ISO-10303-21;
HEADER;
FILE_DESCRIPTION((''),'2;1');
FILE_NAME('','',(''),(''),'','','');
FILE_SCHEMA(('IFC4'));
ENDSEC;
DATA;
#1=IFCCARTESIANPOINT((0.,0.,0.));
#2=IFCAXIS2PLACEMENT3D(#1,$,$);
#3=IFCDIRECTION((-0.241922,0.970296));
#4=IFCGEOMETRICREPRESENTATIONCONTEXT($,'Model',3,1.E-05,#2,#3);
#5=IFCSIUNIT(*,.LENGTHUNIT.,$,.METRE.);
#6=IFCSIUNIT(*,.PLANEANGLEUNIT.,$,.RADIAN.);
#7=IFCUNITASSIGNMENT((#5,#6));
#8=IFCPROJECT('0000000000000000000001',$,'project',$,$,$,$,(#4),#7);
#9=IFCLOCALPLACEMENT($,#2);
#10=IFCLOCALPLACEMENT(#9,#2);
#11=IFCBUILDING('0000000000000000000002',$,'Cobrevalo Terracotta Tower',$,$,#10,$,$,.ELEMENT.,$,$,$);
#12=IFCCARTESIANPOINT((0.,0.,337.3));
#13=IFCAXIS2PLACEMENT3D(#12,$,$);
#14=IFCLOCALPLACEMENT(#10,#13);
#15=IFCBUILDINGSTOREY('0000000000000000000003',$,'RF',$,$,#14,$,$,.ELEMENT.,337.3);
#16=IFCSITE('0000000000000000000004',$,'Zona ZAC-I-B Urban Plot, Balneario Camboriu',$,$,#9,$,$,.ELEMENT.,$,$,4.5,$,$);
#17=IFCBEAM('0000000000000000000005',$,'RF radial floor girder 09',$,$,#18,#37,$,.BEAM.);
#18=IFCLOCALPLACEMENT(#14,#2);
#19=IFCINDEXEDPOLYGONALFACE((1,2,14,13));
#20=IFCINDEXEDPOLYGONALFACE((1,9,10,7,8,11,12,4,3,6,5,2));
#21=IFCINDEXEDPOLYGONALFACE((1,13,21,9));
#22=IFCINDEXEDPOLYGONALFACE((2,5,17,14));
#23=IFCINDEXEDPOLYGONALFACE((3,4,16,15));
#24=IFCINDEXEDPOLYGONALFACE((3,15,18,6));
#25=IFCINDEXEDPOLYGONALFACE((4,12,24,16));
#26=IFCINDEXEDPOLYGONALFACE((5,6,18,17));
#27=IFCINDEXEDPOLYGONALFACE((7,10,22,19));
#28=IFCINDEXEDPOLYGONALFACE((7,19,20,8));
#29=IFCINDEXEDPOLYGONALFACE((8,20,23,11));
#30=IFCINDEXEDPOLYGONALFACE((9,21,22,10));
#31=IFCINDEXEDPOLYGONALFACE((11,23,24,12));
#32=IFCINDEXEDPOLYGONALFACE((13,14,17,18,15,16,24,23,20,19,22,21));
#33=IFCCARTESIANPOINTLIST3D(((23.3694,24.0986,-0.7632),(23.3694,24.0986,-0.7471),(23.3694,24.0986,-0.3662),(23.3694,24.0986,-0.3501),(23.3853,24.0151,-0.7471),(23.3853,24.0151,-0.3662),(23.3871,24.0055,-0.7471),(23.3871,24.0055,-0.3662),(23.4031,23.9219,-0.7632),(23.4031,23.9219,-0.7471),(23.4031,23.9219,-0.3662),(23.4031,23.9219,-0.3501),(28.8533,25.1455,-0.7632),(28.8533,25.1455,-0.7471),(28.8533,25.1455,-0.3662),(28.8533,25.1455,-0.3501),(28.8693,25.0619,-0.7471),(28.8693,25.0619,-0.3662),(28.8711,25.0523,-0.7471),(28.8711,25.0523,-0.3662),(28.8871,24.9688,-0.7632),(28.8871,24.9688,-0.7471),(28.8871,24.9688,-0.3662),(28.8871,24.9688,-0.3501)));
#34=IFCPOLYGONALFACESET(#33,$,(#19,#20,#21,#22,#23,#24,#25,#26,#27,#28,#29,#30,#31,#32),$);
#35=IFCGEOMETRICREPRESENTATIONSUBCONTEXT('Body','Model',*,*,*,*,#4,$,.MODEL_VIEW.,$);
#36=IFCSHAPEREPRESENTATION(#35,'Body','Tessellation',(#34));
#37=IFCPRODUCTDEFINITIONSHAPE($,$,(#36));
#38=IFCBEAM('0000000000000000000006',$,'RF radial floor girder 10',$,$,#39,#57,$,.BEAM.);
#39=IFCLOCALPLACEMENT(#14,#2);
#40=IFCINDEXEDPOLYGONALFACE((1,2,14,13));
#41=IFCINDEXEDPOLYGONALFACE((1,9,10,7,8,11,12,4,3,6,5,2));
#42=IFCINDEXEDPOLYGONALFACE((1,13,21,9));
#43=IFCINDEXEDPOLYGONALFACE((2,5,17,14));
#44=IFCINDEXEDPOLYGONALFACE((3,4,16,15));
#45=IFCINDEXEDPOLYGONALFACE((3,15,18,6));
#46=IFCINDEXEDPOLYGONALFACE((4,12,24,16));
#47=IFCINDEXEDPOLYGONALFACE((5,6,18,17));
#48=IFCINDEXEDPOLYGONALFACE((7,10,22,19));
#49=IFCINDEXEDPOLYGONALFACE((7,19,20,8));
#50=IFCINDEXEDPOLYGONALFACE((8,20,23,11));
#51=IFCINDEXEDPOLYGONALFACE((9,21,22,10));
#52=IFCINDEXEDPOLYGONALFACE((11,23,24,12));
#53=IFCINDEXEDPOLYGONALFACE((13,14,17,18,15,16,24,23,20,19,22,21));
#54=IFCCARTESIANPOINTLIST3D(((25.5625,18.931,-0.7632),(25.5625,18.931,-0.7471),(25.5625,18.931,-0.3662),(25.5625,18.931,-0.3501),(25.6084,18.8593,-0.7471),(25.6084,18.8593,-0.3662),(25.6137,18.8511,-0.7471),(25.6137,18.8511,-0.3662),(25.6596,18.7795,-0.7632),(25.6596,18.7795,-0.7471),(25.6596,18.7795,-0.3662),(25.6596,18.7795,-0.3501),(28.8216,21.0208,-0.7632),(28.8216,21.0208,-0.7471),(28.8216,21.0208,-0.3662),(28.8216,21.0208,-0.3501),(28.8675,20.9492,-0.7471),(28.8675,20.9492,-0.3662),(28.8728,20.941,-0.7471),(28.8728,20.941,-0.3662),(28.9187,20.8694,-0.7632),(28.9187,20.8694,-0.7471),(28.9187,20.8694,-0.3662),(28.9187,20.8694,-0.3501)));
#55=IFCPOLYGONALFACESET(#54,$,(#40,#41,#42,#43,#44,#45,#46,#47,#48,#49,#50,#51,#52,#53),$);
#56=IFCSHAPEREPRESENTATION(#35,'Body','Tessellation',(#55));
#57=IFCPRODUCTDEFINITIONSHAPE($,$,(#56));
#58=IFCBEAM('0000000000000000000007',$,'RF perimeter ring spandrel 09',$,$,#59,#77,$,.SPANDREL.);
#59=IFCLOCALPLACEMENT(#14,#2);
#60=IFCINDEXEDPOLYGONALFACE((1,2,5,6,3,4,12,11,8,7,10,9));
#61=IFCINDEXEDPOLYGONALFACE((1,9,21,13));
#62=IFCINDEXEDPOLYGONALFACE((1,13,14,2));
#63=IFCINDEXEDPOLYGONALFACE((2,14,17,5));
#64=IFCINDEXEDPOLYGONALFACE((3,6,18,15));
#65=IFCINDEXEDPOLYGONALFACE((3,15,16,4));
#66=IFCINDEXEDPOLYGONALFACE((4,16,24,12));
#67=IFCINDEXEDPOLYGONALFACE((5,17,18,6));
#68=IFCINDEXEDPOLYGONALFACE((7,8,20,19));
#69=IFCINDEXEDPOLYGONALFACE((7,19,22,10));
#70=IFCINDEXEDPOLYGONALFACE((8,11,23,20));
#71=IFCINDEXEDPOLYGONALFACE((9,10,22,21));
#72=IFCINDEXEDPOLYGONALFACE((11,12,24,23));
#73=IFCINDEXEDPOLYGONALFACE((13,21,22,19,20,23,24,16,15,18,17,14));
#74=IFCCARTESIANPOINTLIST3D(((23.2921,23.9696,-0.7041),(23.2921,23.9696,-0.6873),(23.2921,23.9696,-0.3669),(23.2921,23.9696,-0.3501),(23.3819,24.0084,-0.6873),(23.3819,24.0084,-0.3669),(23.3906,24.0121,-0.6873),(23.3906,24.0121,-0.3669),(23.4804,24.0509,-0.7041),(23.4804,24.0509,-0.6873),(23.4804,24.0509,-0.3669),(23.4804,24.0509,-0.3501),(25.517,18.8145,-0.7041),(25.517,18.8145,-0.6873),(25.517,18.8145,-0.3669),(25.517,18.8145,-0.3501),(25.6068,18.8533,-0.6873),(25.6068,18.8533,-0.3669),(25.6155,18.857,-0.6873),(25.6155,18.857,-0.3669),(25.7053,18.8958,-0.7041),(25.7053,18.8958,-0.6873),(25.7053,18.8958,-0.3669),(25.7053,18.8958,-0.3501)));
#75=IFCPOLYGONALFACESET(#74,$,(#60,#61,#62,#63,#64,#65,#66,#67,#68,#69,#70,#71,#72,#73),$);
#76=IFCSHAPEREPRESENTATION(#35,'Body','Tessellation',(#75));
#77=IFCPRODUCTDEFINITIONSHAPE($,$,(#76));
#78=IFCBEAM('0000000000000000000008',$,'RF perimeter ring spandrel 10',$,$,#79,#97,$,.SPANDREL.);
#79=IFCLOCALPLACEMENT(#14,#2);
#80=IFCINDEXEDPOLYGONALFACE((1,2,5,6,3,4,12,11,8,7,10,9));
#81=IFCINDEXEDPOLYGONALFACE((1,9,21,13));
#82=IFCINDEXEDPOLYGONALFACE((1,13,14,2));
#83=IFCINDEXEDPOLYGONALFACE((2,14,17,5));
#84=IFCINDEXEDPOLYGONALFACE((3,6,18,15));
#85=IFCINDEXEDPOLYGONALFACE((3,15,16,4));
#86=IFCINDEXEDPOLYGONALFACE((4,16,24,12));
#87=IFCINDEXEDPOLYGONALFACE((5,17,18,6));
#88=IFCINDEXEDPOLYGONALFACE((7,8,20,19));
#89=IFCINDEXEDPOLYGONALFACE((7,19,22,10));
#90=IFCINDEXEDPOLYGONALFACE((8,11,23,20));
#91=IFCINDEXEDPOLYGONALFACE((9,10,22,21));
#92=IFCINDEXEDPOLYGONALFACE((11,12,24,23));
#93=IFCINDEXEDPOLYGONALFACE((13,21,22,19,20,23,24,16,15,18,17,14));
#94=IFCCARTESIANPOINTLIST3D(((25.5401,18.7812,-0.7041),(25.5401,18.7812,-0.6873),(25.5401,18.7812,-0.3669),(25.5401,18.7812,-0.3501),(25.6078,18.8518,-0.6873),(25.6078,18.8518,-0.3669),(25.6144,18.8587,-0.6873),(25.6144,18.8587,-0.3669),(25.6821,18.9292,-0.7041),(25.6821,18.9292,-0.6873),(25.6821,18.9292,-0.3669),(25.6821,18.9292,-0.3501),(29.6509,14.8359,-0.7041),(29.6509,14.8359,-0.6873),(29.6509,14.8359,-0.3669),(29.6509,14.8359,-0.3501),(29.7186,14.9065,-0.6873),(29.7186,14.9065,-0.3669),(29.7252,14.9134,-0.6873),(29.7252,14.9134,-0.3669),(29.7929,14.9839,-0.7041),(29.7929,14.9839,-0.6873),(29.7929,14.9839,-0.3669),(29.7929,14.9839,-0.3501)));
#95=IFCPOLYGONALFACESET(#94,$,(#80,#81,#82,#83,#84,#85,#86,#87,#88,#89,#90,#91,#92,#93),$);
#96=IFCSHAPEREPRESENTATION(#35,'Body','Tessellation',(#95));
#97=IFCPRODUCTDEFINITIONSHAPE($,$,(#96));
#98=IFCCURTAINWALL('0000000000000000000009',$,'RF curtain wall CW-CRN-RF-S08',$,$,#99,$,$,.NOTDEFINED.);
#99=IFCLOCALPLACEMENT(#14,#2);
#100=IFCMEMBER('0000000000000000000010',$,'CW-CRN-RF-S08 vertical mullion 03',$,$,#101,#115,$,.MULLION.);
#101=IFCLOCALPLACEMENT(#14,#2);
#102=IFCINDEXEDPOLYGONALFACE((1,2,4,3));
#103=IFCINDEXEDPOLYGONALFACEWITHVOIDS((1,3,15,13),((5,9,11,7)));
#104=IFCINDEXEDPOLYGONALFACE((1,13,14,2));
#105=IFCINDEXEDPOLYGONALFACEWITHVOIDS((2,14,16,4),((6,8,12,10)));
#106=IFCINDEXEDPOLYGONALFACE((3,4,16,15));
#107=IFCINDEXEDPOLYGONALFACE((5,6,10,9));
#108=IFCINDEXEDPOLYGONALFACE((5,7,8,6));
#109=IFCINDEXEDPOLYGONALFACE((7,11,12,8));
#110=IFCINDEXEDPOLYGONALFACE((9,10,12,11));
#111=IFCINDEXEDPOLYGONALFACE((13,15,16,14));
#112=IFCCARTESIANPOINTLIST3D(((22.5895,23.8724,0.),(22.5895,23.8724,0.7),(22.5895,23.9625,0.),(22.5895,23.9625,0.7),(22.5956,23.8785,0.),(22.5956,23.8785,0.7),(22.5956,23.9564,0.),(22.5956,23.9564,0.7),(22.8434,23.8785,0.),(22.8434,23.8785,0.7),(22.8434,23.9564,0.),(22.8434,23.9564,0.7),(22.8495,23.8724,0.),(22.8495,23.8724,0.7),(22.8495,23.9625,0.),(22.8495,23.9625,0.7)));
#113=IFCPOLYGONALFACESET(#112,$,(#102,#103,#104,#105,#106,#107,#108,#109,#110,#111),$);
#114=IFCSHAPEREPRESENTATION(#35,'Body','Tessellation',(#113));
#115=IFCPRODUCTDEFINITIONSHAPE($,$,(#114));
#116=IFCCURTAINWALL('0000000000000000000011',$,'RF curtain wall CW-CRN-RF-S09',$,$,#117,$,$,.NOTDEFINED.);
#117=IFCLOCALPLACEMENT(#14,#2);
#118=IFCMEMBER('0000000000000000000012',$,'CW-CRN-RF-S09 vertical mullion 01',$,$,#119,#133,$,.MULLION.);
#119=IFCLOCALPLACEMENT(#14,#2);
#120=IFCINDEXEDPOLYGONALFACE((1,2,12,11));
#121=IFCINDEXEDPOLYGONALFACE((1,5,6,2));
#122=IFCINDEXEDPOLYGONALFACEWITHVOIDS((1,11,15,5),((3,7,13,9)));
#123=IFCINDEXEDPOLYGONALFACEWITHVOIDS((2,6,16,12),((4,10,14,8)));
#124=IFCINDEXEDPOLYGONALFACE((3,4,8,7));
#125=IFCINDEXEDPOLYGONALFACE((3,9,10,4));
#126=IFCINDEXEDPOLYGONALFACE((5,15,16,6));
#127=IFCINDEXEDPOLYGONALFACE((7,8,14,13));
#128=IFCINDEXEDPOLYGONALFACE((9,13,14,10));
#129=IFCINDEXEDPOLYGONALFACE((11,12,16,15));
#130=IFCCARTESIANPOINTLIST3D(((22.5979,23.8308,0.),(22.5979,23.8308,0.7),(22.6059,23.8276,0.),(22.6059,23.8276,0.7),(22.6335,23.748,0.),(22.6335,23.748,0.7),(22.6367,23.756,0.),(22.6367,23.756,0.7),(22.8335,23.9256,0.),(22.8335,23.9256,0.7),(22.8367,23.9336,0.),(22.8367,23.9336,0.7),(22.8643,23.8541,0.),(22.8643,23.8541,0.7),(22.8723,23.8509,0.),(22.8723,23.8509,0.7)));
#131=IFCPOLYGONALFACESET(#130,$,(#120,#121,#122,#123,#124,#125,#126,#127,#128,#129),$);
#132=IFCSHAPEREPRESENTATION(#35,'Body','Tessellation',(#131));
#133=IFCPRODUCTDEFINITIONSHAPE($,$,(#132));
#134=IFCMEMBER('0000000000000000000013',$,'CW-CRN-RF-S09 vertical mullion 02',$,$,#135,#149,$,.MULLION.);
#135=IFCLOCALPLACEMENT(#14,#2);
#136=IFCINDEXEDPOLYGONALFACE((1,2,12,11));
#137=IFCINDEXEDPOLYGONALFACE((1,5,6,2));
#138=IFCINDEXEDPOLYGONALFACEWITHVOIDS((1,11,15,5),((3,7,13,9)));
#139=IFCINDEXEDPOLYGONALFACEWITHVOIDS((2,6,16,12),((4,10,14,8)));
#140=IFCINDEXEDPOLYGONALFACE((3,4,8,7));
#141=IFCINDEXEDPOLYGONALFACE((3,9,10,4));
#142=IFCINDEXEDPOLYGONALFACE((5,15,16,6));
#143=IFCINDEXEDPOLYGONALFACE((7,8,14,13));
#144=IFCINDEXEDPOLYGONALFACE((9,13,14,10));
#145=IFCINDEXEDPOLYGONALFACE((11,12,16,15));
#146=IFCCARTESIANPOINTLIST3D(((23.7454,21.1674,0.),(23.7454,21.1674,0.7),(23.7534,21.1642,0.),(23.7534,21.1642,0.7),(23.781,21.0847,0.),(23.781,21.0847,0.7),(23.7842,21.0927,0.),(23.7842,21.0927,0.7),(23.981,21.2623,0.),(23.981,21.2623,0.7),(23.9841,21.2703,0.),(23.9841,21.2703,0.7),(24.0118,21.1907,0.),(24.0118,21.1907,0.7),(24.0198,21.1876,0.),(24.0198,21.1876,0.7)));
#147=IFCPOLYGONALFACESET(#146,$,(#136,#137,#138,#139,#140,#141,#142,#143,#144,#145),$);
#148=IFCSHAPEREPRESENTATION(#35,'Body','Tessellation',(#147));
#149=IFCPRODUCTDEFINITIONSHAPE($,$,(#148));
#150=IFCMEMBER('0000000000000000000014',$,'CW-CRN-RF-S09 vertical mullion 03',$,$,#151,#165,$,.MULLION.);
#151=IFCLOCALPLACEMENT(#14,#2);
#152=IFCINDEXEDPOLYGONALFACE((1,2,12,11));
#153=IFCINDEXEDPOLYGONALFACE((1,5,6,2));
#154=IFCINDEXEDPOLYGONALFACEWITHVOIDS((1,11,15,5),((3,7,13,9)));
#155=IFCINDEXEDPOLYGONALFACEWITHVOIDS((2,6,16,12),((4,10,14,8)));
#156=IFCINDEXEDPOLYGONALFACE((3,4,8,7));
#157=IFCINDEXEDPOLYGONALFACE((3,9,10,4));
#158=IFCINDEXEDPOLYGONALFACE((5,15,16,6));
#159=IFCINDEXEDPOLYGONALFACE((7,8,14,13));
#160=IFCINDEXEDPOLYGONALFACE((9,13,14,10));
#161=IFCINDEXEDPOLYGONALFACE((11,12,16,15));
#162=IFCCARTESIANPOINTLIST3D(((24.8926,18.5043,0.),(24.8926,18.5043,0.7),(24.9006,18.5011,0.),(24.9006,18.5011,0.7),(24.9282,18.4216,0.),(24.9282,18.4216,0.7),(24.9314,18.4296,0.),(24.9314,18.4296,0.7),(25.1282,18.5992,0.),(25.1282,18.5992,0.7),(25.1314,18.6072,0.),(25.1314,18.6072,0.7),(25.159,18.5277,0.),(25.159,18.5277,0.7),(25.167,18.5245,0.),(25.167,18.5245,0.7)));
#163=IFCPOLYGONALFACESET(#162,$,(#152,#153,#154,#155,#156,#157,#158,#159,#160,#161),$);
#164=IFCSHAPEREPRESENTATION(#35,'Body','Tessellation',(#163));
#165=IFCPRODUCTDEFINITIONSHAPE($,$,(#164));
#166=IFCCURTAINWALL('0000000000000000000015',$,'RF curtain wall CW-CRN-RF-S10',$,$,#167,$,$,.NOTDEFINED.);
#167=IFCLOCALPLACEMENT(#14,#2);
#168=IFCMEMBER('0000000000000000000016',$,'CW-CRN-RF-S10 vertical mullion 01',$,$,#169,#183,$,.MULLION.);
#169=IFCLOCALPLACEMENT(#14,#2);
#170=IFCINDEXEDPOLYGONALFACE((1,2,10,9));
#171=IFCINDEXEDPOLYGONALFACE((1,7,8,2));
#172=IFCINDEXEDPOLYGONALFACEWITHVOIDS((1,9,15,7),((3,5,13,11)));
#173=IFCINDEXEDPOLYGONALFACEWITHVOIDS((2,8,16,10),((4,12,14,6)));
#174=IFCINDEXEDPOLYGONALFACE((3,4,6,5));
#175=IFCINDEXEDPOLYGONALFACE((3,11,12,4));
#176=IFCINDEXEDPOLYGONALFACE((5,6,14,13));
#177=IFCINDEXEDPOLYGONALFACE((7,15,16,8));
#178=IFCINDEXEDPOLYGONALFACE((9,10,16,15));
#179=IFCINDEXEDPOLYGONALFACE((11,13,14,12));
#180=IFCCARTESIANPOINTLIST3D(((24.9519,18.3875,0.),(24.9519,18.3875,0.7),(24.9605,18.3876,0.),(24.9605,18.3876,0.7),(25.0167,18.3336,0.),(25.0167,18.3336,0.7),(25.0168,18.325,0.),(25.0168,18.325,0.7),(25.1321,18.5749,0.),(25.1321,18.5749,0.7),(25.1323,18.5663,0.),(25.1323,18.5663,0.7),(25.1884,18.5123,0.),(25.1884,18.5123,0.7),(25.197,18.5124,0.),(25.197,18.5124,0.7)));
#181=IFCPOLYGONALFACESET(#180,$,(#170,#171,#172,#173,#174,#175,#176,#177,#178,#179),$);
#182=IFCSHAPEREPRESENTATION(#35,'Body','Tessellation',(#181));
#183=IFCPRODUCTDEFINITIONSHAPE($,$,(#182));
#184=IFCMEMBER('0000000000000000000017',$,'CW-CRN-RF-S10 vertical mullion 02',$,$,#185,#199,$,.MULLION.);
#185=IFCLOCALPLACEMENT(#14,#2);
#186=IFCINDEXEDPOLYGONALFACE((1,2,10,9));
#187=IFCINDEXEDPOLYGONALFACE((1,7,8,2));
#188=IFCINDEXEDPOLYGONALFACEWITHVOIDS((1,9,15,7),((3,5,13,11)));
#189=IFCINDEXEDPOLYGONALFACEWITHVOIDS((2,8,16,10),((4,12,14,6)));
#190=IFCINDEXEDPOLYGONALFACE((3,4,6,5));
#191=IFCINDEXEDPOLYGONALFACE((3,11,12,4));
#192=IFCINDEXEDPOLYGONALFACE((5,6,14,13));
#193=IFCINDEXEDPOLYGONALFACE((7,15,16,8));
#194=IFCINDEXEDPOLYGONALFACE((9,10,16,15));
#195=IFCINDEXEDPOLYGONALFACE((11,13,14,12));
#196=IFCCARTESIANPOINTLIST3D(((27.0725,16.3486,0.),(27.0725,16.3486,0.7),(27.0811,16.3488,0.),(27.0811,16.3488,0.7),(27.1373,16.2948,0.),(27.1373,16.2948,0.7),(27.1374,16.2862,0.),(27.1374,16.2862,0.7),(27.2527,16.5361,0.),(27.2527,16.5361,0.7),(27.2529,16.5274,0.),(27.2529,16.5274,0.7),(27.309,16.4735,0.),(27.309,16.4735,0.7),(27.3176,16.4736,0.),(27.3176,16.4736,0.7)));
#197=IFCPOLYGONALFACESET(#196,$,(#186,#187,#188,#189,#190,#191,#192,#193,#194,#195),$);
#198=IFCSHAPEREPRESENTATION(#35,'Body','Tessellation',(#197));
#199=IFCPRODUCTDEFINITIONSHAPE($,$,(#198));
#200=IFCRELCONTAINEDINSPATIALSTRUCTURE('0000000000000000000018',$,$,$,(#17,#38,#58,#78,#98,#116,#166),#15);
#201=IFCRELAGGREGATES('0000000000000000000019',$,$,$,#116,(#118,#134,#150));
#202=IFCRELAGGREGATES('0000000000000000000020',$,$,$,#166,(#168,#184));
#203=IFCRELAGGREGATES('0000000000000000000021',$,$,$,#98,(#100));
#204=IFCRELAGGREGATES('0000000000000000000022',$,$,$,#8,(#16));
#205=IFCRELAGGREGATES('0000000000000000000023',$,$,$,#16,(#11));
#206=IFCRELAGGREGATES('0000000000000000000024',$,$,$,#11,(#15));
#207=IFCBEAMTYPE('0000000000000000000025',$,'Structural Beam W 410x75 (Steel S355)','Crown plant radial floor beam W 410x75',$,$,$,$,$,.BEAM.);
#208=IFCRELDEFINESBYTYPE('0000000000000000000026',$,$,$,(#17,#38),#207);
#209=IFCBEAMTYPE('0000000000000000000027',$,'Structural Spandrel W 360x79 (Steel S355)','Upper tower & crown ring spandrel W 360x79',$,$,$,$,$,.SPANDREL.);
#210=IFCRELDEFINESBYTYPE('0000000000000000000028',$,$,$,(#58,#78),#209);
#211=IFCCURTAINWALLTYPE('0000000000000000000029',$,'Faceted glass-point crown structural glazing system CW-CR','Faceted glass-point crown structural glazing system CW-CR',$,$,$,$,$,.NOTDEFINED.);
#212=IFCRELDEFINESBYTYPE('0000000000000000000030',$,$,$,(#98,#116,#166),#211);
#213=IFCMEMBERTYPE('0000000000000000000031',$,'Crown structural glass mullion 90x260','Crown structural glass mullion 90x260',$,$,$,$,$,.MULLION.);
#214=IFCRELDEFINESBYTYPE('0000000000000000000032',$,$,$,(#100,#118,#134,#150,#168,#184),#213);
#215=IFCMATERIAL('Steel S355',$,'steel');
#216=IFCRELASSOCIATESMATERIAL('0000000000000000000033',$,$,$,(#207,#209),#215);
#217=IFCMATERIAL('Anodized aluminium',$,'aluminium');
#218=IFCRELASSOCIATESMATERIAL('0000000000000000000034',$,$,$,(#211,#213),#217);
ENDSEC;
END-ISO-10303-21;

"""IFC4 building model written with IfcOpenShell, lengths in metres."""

from ifc_helpers import new_model, si_unit, direction, frame, origin, origin_2d, place, context, subcontext, project, spatial, hollow_rectangle, i_section, extrude, source, transform, mapped, material, material_profile, profile_set, type_object, element, aggregate, save


model = new_model("IFC4")

# Units and contexts
model_context = context("Model", 3, precision=1e-05, world=origin(), true_north=direction((-0.241922, 0.970296)))
body_context = subcontext(model_context, "Body", "Model", "MODEL_VIEW")
ifc_project = project(units=[si_unit("LENGTHUNIT", "METRE"), si_unit("PLANEANGLEUNIT", "RADIAN")], contexts=[model_context])

# Site, building, storey
site_placement = place(None, origin())
site = spatial("IfcSite", under=ifc_project, at=site_placement, Name="Zona ZAC-I-B Urban Plot, Balneario Camboriu", CompositionType="ELEMENT", RefElevation=4.5)
building_placement = place(site_placement, origin())
building = spatial("IfcBuilding", under=site, at=building_placement, Name="Cobrevalo Terracotta Tower", CompositionType="ELEMENT")
storey_placement = place(building_placement, frame((0.0, 0.0, 337.3)))
storey = spatial("IfcBuildingStorey", under=building, at=storey_placement, Name="RF", CompositionType="ELEMENT", Elevation=337.3)

# Beams
ifc_material_1 = material(Name="Steel S355", Category="steel")
ifc_material_profile_1 = material_profile(ifc_material_1, i_section(OverallWidth=0.1799, OverallDepth=0.4131, WebThickness=0.0098, FlangeThickness=0.0161, at=origin_2d()), Name="W 410x75")
ifc_profile_set_1 = profile_set([ifc_material_profile_1], Name="Steel S355")
beam_type_1 = type_object("IfcBeamType", Name="Structural Beam W 410x75 (Steel S355)", Description="Crown plant radial floor beam W 410x75", PredefinedType="BEAM", material=ifc_profile_set_1)
beam_1_placement = place(storey_placement, frame((23.3862, 24.0103, -0.5566), z_axis=(0.982262, 0.187514, 0.0), x_axis=(-0.187514, 0.982262, 0.0)))
element("IfcBeam", 1, at=beam_1_placement, inside=storey, type_object=beam_type_1, Name="RF radial floor girder 09", PredefinedType="BEAM", context=body_context, shape_type="SweptSolid", body=[
    extrude(i_section(OverallWidth=0.1799, OverallDepth=0.4131, WebThickness=0.0098, FlangeThickness=0.0161, at=origin_2d()), origin(), (0.0, 0.0, 1.0), 5.583),
])
beam_2_placement = place(storey_placement, frame((25.6111, 18.8552, -0.5566), z_axis=(0.841795, 0.539798, 0.0), x_axis=(-0.539798, 0.841795, 0.0)))
element("IfcBeam", 2, at=beam_2_placement, inside=storey, type_object=beam_type_1, Name="RF radial floor girder 10", PredefinedType="BEAM", context=body_context, shape_type="SweptSolid", body=[
    extrude(i_section(OverallWidth=0.1799, OverallDepth=0.4131, WebThickness=0.0098, FlangeThickness=0.0161, at=origin_2d()), origin(), (0.0, 0.0, 1.0), 3.8716),
])
ifc_material_profile_2 = material_profile(ifc_material_1, i_section(OverallWidth=0.2051, OverallDepth=0.354, WebThickness=0.0095, FlangeThickness=0.0168, at=origin_2d()), Name="W 360x79")
ifc_profile_set_2 = profile_set([ifc_material_profile_2], Name="Steel S355")
beam_type_2 = type_object("IfcBeamType", Name="Structural Spandrel W 360x79 (Steel S355)", Description="Upper tower & crown ring spandrel W 360x79", PredefinedType="SPANDREL", material=ifc_profile_set_2)
beam_3_placement = place(storey_placement, frame((23.3862, 24.0103, -0.5271), z_axis=(0.396259, -0.918139, 0.0), x_axis=(0.918139, 0.396259, 0.0)))
element("IfcBeam", 3, at=beam_3_placement, inside=storey, type_object=beam_type_2, Name="RF perimeter ring spandrel 09", PredefinedType="SPANDREL", context=body_context, shape_type="SweptSolid", body=[
    extrude(i_section(OverallWidth=0.2051, OverallDepth=0.354, WebThickness=0.0095, FlangeThickness=0.0168, at=origin_2d()), origin(), (0.0, 0.0, 1.0), 5.6147),
])
beam_4_placement = place(storey_placement, frame((25.6111, 18.8552, -0.5271), z_axis=(0.721483, -0.692432, 0.0), x_axis=(0.692432, 0.721483, 0.0)))
element("IfcBeam", 4, at=beam_4_placement, inside=storey, type_object=beam_type_2, Name="RF perimeter ring spandrel 10", PredefinedType="SPANDREL", context=body_context, shape_type="SweptSolid", body=[
    extrude(i_section(OverallWidth=0.2051, OverallDepth=0.354, WebThickness=0.0095, FlangeThickness=0.0168, at=origin_2d()), origin(), (0.0, 0.0, 1.0), 5.6978),
])

# Curtain wall, member
ifc_material_2 = material(Name="Anodized aluminium", Category="aluminium")
curtain_wall_type = type_object("IfcCurtainWallType", Name="Faceted glass-point crown structural glazing system CW-CR", Description="Faceted glass-point crown structural glazing system CW-CR", PredefinedType="NOTDEFINED", material=ifc_material_2)
curtain_wall_1_placement = place(storey_placement, origin())
curtain_wall_1 = element("IfcCurtainWall", 5, at=curtain_wall_1_placement, inside=storey, type_object=curtain_wall_type, Name="RF curtain wall CW-CRN-RF-S08", PredefinedType="NOTDEFINED")
ifc_material_profile_3 = material_profile(ifc_material_2, hollow_rectangle(XDim=0.0901, YDim=0.26, WallThickness=0.0061, at=origin_2d()), Name="CWM 90x260")
ifc_profile_set_3 = profile_set([ifc_material_profile_3], Name="Anodized aluminium")
member_type_1 = type_object("IfcMemberType", Name="Crown structural glass mullion 90x260", Description="Crown structural glass mullion 90x260", PredefinedType="MULLION", material=ifc_profile_set_3)
shared_shape_1 = source(origin(), body_context, "Body", "SweptSolid", [
    extrude(hollow_rectangle(XDim=0.0901, YDim=0.26, WallThickness=0.0061, at=origin_2d()), origin(), (0.0, 0.0, 1.0), 0.7),
])
member_1_placement = place(storey_placement, frame((22.7195, 23.9175, 0.0), z_axis=(0.0, 0.0, 1.0), x_axis=(0.0, -1.0, 0.0)))
member_1 = element("IfcMember", 6, at=member_1_placement, type_object=member_type_1, Name="CW-CRN-RF-S08 vertical mullion 03", PredefinedType="MULLION", context=body_context, shape_type="MappedRepresentation", body=[
    mapped(shared_shape_1, transform((0.0, 0.0, 0.0), scale=1.0)),
])

# Curtain walls, members
curtain_wall_2_placement = place(storey_placement, origin())
curtain_wall_2 = element("IfcCurtainWall", 7, at=curtain_wall_2_placement, inside=storey, type_object=curtain_wall_type, Name="RF curtain wall CW-CRN-RF-S09", PredefinedType="NOTDEFINED")
member_2_placement = place(storey_placement, frame((22.7351, 23.8408, 0.0), z_axis=(0.0, 0.0, 1.0), x_axis=(0.395658, -0.918398, 0.0)))
member_2 = element("IfcMember", 8, at=member_2_placement, type_object=member_type_1, Name="CW-CRN-RF-S09 vertical mullion 01", PredefinedType="MULLION", context=body_context, shape_type="MappedRepresentation", body=[
    mapped(shared_shape_1, transform((0.0, 0.0, 0.0), scale=1.0)),
])
member_3_placement = place(storey_placement, frame((23.8826, 21.1775, 0.0), z_axis=(0.0, 0.0, 1.0), x_axis=(0.395658, -0.918398, 0.0)))
member_3 = element("IfcMember", 9, at=member_3_placement, type_object=member_type_1, Name="CW-CRN-RF-S09 vertical mullion 02", PredefinedType="MULLION", context=body_context, shape_type="MappedRepresentation", body=[
    mapped(shared_shape_1, transform((0.0, 0.0, 0.0), scale=1.0)),
])
member_4_placement = place(storey_placement, frame((25.0298, 18.5144, 0.0), z_axis=(0.0, 0.0, 1.0), x_axis=(0.395658, -0.918398, 0.0)))
member_4 = element("IfcMember", 10, at=member_4_placement, type_object=member_type_1, Name="CW-CRN-RF-S09 vertical mullion 03", PredefinedType="MULLION", context=body_context, shape_type="MappedRepresentation", body=[
    mapped(shared_shape_1, transform((0.0, 0.0, 0.0), scale=1.0)),
])
curtain_wall_3_placement = place(storey_placement, origin())
curtain_wall_3 = element("IfcCurtainWall", 11, at=curtain_wall_3_placement, inside=storey, type_object=curtain_wall_type, Name="RF curtain wall CW-CRN-RF-S10", PredefinedType="NOTDEFINED")
member_5_placement = place(storey_placement, frame((25.0745, 18.45, 0.0), z_axis=(0.0, 0.0, 1.0), x_axis=(0.720854, -0.693087, 0.0)))
member_5 = element("IfcMember", 12, at=member_5_placement, type_object=member_type_1, Name="CW-CRN-RF-S10 vertical mullion 01", PredefinedType="MULLION", context=body_context, shape_type="MappedRepresentation", body=[
    mapped(shared_shape_1, transform((0.0, 0.0, 0.0), scale=1.0)),
])
member_6_placement = place(storey_placement, frame((27.1951, 16.4111, 0.0), z_axis=(0.0, 0.0, 1.0), x_axis=(0.720854, -0.693087, 0.0)))
member_6 = element("IfcMember", 13, at=member_6_placement, type_object=member_type_1, Name="CW-CRN-RF-S10 vertical mullion 02", PredefinedType="MULLION", context=body_context, shape_type="MappedRepresentation", body=[
    mapped(shared_shape_1, transform((0.0, 0.0, 0.0), scale=1.0)),
])

aggregate(curtain_wall_2, [member_2, member_3, member_4])
aggregate(curtain_wall_3, [member_5, member_6])
aggregate(curtain_wall_1, [member_1])

save(model, "model.ifc")
